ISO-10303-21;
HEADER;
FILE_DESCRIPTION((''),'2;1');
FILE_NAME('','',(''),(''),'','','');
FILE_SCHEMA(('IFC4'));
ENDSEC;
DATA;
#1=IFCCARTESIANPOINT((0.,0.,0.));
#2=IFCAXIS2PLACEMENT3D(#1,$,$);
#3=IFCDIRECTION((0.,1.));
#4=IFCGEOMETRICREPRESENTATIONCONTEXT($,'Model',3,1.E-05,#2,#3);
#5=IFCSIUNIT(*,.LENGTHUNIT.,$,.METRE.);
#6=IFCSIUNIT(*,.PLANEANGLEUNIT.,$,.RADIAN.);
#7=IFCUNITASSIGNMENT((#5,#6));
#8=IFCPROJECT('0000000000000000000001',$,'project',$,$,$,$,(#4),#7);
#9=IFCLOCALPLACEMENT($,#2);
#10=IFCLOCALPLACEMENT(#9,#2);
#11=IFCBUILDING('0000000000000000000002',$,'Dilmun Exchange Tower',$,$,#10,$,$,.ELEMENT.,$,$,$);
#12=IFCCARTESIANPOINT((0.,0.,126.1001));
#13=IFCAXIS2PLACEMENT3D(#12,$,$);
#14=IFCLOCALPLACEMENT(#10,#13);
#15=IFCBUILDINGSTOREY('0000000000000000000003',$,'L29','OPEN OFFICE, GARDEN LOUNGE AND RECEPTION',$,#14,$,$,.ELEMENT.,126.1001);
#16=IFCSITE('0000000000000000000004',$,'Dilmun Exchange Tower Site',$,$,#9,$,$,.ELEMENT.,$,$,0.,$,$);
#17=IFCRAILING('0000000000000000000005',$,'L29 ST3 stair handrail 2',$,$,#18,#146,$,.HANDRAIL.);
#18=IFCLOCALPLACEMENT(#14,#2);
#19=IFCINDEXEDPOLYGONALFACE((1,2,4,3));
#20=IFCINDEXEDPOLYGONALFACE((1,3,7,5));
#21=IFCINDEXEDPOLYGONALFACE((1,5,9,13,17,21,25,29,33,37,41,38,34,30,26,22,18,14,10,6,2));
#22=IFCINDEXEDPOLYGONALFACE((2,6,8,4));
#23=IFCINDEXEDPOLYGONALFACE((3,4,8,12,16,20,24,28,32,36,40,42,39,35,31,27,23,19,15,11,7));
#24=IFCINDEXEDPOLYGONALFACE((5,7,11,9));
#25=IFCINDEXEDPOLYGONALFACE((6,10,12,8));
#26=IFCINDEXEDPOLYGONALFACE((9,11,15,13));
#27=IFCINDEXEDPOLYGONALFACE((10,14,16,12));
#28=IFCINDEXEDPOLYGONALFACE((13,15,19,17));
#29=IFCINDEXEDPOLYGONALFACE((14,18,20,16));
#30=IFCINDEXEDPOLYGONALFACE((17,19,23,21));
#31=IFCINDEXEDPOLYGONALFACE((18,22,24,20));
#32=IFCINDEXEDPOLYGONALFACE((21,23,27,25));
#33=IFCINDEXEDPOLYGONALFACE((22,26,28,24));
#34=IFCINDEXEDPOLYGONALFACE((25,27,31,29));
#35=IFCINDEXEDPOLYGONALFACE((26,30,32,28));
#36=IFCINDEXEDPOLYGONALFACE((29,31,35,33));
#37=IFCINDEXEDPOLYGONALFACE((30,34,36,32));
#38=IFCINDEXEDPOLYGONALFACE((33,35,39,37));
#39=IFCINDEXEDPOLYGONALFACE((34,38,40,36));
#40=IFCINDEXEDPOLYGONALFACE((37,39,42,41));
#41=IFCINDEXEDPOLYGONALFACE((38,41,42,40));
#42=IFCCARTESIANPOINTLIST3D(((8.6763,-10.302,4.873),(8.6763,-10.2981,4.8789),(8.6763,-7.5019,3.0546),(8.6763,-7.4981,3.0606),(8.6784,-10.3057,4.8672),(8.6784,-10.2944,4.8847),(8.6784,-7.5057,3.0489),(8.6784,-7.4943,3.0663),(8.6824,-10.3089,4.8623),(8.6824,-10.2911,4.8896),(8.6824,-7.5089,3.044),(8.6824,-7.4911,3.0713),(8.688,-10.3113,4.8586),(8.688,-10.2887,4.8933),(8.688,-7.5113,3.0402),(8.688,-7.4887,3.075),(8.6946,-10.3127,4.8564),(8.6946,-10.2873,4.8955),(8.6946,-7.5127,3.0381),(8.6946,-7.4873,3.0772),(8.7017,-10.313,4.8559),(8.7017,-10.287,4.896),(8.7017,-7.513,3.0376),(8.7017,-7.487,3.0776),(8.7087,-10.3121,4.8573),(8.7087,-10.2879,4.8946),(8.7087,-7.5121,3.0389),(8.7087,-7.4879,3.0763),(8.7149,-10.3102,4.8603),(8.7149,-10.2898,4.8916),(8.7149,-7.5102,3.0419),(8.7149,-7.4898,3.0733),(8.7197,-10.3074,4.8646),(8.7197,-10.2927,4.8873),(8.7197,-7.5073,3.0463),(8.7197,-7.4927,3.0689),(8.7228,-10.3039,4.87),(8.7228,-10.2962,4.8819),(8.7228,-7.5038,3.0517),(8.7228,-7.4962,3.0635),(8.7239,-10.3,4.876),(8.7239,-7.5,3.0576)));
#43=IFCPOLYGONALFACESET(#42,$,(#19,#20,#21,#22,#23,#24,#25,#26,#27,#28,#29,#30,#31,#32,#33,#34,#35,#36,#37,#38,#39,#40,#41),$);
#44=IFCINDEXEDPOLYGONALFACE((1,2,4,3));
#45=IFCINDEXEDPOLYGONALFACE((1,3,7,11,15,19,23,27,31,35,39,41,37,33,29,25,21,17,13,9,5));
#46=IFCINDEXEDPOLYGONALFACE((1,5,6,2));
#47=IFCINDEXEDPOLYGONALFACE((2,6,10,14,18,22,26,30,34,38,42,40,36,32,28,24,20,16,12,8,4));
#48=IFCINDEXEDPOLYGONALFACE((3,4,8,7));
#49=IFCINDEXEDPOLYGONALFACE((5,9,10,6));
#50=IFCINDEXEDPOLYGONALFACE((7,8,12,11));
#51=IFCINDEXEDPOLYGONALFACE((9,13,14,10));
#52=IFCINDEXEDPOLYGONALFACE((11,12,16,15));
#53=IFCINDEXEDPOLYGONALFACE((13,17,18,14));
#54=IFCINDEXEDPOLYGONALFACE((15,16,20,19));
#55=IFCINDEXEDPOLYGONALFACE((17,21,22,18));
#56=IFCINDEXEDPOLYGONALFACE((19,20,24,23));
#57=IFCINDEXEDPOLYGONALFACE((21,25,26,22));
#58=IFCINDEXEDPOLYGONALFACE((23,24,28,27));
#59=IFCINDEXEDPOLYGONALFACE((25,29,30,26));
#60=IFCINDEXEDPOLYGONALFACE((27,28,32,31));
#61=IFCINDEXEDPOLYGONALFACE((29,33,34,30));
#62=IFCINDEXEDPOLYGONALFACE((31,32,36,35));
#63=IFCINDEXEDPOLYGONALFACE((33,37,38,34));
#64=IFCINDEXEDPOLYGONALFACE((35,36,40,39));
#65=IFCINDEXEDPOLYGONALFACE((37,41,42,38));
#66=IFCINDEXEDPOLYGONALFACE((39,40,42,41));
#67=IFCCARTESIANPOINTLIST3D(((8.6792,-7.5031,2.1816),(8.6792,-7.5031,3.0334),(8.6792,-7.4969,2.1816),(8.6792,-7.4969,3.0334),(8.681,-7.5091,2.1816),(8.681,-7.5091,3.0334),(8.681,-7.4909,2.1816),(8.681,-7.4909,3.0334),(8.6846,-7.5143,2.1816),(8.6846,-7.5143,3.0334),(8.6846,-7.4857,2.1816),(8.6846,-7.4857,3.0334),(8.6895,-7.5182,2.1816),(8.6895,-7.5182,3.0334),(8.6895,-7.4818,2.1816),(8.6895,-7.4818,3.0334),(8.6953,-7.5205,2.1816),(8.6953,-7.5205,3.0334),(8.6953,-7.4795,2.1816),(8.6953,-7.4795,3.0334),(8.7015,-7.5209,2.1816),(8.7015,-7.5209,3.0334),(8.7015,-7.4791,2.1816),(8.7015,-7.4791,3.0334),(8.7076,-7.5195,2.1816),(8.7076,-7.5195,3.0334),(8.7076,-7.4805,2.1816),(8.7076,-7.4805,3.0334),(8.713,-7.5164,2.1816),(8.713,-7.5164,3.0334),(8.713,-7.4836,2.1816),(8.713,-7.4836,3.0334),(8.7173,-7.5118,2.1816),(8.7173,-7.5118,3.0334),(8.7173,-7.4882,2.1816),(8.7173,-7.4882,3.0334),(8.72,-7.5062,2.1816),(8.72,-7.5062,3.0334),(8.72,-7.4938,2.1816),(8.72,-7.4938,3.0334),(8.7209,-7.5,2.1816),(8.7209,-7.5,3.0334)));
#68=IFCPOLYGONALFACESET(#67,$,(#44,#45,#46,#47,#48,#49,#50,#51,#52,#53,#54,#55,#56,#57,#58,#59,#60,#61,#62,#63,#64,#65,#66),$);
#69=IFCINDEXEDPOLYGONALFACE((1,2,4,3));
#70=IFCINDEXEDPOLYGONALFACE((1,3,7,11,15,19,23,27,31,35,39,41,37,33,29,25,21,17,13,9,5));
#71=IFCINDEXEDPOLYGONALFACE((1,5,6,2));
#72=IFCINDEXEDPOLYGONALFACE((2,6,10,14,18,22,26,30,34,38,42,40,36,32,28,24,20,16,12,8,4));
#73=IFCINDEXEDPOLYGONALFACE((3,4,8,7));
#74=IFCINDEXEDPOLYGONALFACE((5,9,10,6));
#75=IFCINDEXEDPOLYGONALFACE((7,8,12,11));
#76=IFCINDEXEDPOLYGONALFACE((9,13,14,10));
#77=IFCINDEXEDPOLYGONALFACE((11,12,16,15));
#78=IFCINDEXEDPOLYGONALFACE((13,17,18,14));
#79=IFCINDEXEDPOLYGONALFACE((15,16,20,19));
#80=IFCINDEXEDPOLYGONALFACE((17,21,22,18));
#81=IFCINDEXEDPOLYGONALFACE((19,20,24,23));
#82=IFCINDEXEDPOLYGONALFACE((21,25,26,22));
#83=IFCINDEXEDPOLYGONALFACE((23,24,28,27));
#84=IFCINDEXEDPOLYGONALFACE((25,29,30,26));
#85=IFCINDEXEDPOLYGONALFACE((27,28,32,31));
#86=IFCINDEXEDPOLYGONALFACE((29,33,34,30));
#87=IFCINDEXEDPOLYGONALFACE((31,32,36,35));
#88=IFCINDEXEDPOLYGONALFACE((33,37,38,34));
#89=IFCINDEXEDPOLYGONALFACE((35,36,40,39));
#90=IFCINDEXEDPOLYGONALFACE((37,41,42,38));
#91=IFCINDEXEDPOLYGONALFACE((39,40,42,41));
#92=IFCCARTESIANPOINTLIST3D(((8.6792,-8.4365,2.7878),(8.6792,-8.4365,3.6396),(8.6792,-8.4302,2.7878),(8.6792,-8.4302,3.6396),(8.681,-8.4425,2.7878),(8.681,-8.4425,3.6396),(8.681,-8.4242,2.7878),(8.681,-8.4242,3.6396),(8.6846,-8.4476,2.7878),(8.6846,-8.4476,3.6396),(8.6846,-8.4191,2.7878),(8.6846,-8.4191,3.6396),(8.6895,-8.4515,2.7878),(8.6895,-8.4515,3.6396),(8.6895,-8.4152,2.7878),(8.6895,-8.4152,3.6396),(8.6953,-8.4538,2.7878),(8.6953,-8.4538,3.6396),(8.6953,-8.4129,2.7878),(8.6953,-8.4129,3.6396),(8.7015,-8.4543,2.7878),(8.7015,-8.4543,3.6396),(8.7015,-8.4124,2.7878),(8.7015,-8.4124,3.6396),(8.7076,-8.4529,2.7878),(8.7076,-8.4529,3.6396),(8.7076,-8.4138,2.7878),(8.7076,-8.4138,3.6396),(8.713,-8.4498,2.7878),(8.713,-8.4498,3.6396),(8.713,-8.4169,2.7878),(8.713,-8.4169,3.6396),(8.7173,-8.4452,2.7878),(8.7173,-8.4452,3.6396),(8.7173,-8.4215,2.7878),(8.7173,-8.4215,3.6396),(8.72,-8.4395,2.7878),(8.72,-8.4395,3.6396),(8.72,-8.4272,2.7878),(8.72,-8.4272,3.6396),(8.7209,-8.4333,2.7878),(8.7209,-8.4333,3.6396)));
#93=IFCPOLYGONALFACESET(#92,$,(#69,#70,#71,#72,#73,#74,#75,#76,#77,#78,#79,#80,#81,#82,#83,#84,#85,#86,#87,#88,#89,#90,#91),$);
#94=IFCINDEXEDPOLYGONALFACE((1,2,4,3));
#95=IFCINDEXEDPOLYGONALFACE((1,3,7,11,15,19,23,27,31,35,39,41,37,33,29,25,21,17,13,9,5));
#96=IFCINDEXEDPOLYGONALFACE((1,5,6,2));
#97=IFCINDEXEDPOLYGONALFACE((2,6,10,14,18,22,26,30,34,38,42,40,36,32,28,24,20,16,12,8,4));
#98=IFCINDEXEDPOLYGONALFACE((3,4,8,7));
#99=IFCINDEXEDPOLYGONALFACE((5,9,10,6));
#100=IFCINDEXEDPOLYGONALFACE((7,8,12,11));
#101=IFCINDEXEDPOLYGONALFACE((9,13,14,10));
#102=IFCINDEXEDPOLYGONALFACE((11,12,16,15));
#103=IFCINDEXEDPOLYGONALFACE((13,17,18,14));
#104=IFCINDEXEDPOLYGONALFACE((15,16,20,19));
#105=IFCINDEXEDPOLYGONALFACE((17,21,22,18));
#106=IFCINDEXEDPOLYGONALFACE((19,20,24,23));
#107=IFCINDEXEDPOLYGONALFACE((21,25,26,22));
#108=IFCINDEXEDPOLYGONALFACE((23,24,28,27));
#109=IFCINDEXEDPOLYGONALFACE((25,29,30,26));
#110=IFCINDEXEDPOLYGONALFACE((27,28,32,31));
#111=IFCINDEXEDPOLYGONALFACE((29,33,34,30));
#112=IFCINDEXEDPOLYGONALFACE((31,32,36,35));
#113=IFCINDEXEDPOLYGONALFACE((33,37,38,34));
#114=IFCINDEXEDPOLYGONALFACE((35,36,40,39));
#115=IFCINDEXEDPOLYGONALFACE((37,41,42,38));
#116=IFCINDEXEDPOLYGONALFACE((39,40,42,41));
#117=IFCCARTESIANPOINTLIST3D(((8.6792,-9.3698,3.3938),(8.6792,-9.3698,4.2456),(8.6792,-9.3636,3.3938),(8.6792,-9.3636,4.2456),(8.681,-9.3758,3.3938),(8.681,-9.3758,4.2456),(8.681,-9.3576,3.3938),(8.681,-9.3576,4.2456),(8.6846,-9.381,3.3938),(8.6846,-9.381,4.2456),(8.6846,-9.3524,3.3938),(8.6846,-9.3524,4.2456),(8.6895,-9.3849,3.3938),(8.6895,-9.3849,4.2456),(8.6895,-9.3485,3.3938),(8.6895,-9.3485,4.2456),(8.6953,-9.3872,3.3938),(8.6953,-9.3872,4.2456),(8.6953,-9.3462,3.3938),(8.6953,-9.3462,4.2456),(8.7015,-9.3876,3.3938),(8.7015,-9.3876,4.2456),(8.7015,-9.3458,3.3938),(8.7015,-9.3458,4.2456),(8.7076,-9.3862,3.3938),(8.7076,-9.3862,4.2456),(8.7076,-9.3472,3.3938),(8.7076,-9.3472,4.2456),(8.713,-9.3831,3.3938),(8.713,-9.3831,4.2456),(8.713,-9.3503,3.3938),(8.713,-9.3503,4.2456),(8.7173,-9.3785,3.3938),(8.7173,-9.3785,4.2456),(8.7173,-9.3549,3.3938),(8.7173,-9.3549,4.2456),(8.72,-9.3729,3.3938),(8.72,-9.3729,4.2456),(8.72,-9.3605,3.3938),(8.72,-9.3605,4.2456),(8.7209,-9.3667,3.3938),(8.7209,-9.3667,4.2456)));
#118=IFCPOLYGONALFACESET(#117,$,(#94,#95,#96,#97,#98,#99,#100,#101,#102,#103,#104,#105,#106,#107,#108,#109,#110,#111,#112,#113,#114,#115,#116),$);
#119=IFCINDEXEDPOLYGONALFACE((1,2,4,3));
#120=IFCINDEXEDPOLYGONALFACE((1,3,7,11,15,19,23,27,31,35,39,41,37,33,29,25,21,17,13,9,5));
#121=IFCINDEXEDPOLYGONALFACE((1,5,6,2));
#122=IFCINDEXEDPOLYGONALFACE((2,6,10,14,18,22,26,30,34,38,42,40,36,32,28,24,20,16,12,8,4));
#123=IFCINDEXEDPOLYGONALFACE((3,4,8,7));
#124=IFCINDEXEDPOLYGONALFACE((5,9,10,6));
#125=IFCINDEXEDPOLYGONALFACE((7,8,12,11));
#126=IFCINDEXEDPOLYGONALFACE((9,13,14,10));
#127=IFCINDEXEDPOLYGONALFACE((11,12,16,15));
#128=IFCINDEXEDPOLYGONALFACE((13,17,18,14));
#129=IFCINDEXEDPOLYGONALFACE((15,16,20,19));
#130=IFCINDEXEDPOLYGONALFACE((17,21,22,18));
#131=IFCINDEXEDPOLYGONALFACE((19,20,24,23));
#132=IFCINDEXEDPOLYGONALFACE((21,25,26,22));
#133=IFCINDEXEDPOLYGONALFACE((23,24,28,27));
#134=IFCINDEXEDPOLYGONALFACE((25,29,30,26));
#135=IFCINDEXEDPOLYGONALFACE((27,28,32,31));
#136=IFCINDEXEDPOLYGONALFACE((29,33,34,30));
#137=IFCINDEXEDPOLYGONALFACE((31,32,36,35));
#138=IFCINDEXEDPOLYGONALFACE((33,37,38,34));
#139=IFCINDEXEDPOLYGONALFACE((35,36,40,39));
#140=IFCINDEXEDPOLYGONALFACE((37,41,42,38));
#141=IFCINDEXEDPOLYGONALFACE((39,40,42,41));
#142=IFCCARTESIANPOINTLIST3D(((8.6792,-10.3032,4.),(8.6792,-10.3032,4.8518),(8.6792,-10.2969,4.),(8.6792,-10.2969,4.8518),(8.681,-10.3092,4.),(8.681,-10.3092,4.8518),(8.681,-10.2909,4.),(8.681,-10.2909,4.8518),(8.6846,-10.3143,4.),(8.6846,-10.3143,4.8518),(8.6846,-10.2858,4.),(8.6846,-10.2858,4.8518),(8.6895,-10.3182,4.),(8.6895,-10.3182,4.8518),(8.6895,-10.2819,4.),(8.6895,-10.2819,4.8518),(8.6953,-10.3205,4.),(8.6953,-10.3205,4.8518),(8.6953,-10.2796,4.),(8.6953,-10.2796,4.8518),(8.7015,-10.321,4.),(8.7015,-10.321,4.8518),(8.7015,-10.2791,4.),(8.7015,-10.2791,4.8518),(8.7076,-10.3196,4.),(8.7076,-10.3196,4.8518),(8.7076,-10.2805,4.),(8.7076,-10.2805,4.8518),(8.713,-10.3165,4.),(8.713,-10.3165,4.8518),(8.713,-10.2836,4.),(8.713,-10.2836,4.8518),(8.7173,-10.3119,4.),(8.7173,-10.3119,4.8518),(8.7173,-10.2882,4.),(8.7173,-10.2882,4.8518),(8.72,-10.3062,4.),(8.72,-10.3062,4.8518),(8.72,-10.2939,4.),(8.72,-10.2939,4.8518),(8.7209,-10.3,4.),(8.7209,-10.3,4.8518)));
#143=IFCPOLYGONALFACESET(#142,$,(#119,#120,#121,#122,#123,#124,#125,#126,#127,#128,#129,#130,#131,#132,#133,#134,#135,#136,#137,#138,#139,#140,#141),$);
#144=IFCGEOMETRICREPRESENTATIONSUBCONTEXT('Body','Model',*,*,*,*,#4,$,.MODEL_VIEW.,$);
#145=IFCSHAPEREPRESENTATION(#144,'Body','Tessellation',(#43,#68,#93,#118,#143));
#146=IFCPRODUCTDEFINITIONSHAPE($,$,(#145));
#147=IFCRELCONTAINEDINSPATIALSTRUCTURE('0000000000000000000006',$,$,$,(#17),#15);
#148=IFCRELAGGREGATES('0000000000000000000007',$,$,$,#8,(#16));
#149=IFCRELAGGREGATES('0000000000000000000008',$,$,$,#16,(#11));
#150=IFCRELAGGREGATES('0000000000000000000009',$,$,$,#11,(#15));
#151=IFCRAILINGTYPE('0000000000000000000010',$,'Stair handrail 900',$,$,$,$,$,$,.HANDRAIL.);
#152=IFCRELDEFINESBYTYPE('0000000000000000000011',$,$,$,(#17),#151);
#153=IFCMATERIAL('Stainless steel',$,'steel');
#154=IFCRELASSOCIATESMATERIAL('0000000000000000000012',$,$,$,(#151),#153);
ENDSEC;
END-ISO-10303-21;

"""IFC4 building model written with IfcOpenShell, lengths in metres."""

from ifc_helpers import new_model, si_unit, direction, frame, origin, origin_2d, place, context, subcontext, project, spatial, circle, extrude, material, type_object, element, save


model = new_model("IFC4")

# Units and contexts
model_context = context("Model", 3, precision=1e-05, world=origin(), true_north=direction((0.0, 1.0)))
body_context = subcontext(model_context, "Body", "Model", "MODEL_VIEW")
ifc_project = project(units=[si_unit("LENGTHUNIT", "METRE"), si_unit("PLANEANGLEUNIT", "RADIAN")], contexts=[model_context])

# Site, building, storey
site_placement = place(None, origin())
site = spatial("IfcSite", under=ifc_project, at=site_placement, Name="Dilmun Exchange Tower Site", CompositionType="ELEMENT", RefElevation=0.0)
building_placement = place(site_placement, origin())
building = spatial("IfcBuilding", under=site, at=building_placement, Name="Dilmun Exchange Tower", CompositionType="ELEMENT")
storey_placement = place(building_placement, frame((0.0, 0.0, 126.1001)))
storey = spatial("IfcBuildingStorey", under=building, at=storey_placement, Name="L29", Description="OPEN OFFICE, GARDEN LOUNGE AND RECEPTION", CompositionType="ELEMENT", Elevation=126.1001)

# Railing
ifc_material_1 = material(Name="Stainless steel", Category="steel")
railing_type = type_object("IfcRailingType", Name="Stair handrail 900", PredefinedType="HANDRAIL", material=ifc_material_1)
railing_1_placement = place(storey_placement, frame((8.7, -7.5, 2.1816)))
element("IfcRailing", 1, at=railing_1_placement, inside=storey, type_object=railing_type, Name="L29 ST3 stair handrail 2", PredefinedType="HANDRAIL", context=body_context, shape_type="SweptSolid", body=[
    extrude(circle(Radius=0.0239, at=origin_2d()), frame((0.0, 0.0, 0.876), z_axis=(0.0, -0.838672, 0.544636), x_axis=(1.0, 0.0, 0.0)), (0.0, 0.0, 1.0), 3.3386),
    extrude(circle(Radius=0.021, at=origin_2d()), origin(), (0.0, 0.0, 1.0), 0.8518),
    extrude(circle(Radius=0.021, at=origin_2d()), frame((0.0, -0.9333, 0.6062)), (0.0, 0.0, 1.0), 0.8518),
    extrude(circle(Radius=0.021, at=origin_2d()), frame((0.0, -1.8667, 1.2122)), (0.0, 0.0, 1.0), 0.8518),
    extrude(circle(Radius=0.021, at=origin_2d()), frame((0.0, -2.8, 1.8184)), (0.0, 0.0, 1.0), 0.8518),
])

save(model, "model.ifc")
